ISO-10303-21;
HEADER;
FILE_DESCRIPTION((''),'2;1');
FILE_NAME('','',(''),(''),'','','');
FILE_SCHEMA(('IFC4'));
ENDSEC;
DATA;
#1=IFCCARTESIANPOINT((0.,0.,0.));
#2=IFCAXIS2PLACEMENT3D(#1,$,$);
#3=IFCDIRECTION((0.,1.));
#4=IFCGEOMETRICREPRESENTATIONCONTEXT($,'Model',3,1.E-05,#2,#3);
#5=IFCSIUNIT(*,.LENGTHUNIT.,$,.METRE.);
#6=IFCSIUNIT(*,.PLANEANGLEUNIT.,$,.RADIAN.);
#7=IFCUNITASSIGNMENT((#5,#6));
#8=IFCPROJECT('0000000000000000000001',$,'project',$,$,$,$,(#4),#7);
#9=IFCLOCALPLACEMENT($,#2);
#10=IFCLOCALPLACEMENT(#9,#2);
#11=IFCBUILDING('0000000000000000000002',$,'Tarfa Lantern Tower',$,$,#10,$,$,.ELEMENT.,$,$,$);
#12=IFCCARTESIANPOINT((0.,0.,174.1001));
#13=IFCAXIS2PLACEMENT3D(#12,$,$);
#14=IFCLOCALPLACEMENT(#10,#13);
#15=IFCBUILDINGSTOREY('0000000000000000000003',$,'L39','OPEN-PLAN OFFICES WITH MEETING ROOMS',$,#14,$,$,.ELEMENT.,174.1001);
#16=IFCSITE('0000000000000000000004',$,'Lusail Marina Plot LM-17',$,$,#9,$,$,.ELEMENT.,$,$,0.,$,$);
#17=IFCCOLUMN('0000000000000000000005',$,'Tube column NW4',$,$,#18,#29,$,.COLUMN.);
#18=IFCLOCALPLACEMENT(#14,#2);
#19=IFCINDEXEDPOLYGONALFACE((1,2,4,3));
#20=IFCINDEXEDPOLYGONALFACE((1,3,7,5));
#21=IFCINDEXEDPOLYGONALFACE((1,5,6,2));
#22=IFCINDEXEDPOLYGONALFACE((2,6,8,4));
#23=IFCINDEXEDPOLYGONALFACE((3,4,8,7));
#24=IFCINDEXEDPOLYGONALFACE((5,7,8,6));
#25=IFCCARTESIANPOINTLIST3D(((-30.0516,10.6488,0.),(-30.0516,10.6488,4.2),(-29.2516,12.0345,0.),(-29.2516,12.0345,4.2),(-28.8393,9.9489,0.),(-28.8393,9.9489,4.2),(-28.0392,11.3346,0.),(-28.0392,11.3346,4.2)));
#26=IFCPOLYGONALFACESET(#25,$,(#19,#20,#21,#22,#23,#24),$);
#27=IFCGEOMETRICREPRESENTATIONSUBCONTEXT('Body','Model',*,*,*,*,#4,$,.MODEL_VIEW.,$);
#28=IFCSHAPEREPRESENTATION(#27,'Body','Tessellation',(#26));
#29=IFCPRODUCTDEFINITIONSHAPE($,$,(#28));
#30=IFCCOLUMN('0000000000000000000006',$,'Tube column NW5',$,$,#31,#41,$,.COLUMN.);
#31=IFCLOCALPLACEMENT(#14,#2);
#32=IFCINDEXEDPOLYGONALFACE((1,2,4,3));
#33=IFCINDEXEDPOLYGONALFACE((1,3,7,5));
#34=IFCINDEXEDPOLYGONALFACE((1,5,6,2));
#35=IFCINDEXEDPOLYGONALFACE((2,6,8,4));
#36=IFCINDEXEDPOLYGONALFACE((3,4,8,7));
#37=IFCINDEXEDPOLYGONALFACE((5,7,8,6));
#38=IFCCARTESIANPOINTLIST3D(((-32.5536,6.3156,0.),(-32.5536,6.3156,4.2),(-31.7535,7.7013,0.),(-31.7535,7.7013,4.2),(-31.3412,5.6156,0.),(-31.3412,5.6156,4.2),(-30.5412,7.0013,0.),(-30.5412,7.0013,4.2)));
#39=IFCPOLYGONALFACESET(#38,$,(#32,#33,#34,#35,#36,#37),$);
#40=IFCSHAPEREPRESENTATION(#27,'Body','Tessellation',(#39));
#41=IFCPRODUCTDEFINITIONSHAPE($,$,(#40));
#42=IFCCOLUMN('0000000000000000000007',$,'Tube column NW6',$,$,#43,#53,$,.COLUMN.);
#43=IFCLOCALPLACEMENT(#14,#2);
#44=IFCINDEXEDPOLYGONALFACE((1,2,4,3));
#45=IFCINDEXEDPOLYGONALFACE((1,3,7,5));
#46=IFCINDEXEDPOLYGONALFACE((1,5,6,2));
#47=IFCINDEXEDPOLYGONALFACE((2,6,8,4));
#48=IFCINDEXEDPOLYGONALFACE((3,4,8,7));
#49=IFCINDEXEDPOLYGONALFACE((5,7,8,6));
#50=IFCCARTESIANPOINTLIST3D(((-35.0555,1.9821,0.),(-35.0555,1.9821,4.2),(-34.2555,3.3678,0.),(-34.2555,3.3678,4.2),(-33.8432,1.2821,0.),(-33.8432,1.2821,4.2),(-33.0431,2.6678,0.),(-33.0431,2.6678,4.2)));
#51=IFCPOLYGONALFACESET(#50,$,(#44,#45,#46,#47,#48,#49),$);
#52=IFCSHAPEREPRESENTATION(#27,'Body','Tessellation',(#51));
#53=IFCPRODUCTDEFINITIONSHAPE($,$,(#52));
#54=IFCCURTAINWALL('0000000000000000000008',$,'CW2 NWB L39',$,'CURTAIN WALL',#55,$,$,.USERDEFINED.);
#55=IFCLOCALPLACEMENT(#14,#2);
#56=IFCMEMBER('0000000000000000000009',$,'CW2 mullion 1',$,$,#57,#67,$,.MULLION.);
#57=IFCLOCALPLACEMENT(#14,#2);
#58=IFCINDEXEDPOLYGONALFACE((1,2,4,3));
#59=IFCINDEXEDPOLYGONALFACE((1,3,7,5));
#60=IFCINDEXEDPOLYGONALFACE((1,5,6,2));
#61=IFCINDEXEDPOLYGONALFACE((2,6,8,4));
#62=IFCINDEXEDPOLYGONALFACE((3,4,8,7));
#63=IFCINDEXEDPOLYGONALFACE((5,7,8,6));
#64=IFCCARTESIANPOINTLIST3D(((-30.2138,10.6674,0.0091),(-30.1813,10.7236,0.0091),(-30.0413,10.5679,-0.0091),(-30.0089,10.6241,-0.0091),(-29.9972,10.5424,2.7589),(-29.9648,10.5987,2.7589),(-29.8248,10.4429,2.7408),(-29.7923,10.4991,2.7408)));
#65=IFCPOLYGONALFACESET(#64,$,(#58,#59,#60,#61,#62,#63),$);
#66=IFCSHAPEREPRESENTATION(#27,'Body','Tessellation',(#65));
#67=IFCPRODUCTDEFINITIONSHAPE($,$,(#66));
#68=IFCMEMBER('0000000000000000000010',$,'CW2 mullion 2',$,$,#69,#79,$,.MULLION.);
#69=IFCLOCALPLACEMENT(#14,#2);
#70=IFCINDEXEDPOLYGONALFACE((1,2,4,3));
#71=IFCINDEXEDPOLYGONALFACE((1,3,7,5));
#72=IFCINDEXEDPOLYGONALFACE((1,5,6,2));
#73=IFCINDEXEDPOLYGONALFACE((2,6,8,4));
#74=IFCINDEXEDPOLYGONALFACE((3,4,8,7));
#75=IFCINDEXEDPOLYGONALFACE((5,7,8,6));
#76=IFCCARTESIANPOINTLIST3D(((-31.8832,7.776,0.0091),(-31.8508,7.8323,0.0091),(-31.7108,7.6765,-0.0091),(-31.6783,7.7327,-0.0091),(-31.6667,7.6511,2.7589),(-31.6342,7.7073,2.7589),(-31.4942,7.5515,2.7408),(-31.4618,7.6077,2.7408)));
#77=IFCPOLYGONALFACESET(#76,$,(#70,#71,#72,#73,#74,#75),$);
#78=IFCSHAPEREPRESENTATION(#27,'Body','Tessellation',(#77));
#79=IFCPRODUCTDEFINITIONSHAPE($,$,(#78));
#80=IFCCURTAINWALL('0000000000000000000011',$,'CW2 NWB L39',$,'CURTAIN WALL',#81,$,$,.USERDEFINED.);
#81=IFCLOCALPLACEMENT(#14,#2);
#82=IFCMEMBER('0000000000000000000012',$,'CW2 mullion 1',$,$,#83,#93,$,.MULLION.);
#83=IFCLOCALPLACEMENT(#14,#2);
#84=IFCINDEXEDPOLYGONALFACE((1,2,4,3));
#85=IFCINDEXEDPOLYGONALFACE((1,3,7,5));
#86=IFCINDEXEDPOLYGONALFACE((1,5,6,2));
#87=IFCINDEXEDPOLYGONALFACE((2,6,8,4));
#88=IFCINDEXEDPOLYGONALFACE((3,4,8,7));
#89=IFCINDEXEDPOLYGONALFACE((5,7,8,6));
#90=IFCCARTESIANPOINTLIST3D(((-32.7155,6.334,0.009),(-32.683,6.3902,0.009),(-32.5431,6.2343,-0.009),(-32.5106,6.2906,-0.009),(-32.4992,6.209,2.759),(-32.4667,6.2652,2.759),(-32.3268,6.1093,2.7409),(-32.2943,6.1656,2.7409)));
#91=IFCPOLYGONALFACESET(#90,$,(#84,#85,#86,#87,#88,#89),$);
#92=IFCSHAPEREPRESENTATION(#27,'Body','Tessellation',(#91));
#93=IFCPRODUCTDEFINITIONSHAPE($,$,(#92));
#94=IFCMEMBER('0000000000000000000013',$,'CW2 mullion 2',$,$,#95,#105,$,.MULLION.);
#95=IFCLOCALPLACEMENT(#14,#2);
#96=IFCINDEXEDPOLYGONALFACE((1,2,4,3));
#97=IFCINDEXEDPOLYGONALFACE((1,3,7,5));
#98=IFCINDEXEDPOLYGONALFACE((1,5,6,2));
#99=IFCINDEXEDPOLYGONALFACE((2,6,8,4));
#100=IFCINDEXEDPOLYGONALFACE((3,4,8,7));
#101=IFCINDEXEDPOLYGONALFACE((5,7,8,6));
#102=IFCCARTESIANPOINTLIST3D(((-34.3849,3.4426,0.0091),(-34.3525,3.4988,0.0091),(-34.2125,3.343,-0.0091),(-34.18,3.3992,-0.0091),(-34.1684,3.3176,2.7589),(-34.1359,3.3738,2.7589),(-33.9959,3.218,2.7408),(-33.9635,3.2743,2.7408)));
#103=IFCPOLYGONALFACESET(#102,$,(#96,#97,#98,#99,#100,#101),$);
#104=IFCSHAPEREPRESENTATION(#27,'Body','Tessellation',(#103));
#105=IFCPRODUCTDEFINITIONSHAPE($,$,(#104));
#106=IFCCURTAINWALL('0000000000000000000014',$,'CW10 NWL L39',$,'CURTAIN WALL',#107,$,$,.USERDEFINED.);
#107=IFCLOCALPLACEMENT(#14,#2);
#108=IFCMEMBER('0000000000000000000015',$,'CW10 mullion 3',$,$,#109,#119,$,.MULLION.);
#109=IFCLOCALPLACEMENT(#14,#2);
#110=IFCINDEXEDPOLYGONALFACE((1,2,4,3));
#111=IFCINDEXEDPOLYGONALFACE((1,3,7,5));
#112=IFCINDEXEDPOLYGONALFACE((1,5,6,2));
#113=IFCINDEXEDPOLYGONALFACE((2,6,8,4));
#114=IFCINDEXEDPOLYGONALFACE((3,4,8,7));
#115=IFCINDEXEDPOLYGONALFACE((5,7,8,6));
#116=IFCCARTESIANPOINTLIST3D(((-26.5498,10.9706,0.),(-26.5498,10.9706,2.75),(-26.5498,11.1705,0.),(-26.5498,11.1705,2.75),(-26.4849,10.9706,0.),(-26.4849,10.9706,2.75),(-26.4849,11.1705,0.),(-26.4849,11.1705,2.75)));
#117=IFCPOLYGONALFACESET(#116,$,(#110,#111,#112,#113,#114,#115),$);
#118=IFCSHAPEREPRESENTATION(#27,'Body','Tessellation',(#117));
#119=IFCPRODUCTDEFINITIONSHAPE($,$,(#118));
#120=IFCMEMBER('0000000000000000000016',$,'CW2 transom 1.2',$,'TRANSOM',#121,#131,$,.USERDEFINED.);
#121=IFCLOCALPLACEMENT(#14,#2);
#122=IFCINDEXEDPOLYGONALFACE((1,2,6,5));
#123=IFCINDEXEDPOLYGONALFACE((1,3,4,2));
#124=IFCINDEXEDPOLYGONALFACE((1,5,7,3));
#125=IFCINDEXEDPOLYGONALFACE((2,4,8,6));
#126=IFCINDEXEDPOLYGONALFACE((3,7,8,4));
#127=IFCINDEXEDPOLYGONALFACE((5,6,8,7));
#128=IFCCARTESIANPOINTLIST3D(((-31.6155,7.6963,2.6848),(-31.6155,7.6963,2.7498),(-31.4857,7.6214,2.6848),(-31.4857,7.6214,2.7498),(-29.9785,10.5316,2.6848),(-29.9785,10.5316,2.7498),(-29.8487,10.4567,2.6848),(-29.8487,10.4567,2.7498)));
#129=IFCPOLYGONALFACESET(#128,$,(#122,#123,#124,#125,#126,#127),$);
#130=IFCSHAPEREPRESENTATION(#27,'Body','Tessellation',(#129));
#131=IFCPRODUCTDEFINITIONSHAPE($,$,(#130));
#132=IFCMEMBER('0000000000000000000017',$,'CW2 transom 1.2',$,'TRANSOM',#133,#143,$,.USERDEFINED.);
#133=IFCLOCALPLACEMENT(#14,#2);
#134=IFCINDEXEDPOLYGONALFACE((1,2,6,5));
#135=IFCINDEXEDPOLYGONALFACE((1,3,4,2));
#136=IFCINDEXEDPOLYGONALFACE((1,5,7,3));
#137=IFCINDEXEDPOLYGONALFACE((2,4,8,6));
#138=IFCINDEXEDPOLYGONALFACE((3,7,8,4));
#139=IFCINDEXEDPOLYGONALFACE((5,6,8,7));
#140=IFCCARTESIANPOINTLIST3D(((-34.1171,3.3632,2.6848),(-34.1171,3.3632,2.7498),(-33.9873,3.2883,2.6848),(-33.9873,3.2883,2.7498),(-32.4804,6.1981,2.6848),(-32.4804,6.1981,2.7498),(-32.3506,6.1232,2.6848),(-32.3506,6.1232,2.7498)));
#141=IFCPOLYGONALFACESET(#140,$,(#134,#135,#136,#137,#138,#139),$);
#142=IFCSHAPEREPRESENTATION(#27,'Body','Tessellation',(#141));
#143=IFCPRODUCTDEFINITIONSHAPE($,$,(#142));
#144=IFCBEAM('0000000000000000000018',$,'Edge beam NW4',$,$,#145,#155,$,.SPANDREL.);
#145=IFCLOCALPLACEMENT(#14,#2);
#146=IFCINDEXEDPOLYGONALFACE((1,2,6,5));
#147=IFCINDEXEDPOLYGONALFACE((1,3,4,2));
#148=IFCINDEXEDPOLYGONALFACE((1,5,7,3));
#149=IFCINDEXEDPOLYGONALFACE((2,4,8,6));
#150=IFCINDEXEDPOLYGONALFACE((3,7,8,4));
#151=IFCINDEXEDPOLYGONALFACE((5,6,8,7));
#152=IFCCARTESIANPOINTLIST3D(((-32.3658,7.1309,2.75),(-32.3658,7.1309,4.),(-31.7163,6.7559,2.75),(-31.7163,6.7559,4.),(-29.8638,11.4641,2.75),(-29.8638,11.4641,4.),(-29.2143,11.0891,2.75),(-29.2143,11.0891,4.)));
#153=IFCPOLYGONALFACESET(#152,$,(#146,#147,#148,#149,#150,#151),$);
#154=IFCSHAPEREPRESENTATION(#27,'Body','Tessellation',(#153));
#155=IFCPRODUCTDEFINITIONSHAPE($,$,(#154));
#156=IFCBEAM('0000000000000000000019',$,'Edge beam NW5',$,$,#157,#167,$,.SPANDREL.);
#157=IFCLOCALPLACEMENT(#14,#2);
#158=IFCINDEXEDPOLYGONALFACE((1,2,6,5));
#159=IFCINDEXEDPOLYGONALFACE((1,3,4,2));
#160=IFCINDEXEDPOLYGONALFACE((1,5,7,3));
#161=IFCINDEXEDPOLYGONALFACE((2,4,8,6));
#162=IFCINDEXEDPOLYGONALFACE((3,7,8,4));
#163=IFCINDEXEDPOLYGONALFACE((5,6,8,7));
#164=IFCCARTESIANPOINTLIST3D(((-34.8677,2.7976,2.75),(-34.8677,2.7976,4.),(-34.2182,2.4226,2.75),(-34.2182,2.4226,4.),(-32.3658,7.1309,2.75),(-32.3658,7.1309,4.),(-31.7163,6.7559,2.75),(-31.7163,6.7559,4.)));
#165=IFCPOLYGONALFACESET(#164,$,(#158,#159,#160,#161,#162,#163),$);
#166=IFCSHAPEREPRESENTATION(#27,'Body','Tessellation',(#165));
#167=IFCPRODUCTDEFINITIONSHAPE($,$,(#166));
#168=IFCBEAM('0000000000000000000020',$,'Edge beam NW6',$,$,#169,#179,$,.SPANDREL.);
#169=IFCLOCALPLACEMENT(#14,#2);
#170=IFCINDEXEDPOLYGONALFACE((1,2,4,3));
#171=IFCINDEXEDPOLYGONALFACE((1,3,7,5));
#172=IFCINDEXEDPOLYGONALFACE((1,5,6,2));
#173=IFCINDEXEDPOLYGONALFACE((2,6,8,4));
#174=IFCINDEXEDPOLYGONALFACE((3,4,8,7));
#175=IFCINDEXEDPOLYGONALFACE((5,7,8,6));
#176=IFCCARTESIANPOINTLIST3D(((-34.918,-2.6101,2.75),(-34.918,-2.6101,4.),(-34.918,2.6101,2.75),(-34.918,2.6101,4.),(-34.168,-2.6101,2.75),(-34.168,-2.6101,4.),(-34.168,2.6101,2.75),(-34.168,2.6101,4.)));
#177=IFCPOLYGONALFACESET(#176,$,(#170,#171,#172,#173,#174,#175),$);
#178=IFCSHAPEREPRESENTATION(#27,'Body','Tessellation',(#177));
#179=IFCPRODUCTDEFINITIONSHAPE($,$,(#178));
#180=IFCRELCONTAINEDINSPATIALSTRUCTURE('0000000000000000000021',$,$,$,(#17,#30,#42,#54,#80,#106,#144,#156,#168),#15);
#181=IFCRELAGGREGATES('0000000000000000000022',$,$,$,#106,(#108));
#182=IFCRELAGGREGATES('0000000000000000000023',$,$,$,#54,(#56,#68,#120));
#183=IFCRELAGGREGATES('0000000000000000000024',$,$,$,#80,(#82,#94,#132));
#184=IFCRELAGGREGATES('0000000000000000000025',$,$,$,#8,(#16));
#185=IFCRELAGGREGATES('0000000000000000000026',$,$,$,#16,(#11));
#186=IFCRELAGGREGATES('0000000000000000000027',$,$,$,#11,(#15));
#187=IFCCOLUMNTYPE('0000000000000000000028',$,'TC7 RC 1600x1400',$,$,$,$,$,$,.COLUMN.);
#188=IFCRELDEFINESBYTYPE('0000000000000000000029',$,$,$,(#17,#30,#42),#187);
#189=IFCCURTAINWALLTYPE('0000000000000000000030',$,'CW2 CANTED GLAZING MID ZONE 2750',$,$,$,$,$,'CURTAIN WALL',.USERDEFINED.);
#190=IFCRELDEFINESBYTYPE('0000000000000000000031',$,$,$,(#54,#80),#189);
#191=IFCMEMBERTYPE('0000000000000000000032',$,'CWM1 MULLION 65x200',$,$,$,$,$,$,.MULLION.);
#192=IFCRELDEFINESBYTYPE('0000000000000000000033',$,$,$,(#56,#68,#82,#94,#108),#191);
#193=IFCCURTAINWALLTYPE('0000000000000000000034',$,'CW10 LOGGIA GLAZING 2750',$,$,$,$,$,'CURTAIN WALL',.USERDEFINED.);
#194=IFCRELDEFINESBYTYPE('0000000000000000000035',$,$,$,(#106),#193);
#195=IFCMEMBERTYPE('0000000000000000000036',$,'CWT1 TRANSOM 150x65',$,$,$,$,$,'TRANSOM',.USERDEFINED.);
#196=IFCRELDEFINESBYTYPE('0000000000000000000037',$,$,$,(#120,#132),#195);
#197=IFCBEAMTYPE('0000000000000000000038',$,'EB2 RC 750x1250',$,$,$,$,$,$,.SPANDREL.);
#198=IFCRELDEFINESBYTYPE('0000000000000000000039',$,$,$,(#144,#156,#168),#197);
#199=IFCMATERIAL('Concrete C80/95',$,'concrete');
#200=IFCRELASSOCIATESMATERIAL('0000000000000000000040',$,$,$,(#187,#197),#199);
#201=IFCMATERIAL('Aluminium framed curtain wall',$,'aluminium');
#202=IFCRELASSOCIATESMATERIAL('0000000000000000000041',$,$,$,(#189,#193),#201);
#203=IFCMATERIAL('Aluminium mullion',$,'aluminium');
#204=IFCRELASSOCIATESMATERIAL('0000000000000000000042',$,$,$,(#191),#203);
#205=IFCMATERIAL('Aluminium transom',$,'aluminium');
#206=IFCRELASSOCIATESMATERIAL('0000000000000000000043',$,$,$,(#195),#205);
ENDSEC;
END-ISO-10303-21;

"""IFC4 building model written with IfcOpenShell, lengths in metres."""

from ifc_helpers import new_model, si_unit, direction, frame, origin, origin_2d, place, context, subcontext, project, spatial, rectangle, extrude, material, material_profile, profile_set, type_object, element, aggregate, save


model = new_model("IFC4")

# Units and contexts
model_context = context("Model", 3, precision=1e-05, world=origin(), true_north=direction((0.0, 1.0)))
body_context = subcontext(model_context, "Body", "Model", "MODEL_VIEW")
ifc_project = project(units=[si_unit("LENGTHUNIT", "METRE"), si_unit("PLANEANGLEUNIT", "RADIAN")], contexts=[model_context])

# Site, building, storey
site_placement = place(None, origin())
site = spatial("IfcSite", under=ifc_project, at=site_placement, Name="Lusail Marina Plot LM-17", CompositionType="ELEMENT", RefElevation=0.0)
building_placement = place(site_placement, origin())
building = spatial("IfcBuilding", under=site, at=building_placement, Name="Tarfa Lantern Tower", CompositionType="ELEMENT")
storey_placement = place(building_placement, frame((0.0, 0.0, 174.1001)))
storey = spatial("IfcBuildingStorey", under=building, at=storey_placement, Name="L39", Description="OPEN-PLAN OFFICES WITH MEETING ROOMS", CompositionType="ELEMENT", Elevation=174.1001)

# Columns
ifc_material_1 = material(Name="Concrete C80/95", Category="concrete")
ifc_material_profile_1 = material_profile(ifc_material_1, rectangle(XDim=1.6001, YDim=1.3999, at=origin_2d()), Name="RC 1600x1400")
ifc_profile_set_1 = profile_set([ifc_material_profile_1], Name="Concrete C80/95")
column_type = type_object("IfcColumnType", Name="TC7 RC 1600x1400", PredefinedType="COLUMN", material=ifc_profile_set_1)
for number, where, z_axis, x_axis, name in (
    (1, (-29.0454, 10.9917, 0.0), (0.0, 0.0, 1.0), (-0.5, -0.866025, 0.0), "Tube column NW4"),
    (2, (-31.5474, 6.6584, 0.0), (0.0, 0.0, 1.0), (-0.5, -0.866025, 0.0), "Tube column NW5"),
    (3, (-34.0493, 2.325, 0.0), (0.0, 0.0, 1.0), (-0.5, -0.866025, 0.0), "Tube column NW6"),
):
    element("IfcColumn", number, at=place(storey_placement, frame(where, z_axis=z_axis, x_axis=x_axis)), inside=storey, type_object=column_type, Name=name, PredefinedType="COLUMN", context=body_context, shape_type="SweptSolid", body=[
        extrude(rectangle(XDim=1.6001, YDim=1.3999, at=origin_2d()), origin(), (0.0, 0.0, 1.0), 4.2),
    ])

# Curtain walls, members
ifc_material_2 = material(Name="Aluminium framed curtain wall", Category="aluminium")
curtain_wall_type_1 = type_object("IfcCurtainWallType", Name="CW2 CANTED GLAZING MID ZONE 2750", ElementType="CURTAIN WALL", PredefinedType="USERDEFINED", material=ifc_material_2)
curtain_wall_1_placement = place(storey_placement, origin())
curtain_wall_1 = element("IfcCurtainWall", 4, at=curtain_wall_1_placement, inside=storey, type_object=curtain_wall_type_1, Name="CW2 NWB L39", ObjectType="CURTAIN WALL", PredefinedType="USERDEFINED")
ifc_material_3 = material(Name="Aluminium mullion", Category="aluminium")
ifc_material_profile_2 = material_profile(ifc_material_3, rectangle(XDim=0.0649, YDim=0.2, at=origin_2d()), Name="AL MULLION 65x200")
ifc_profile_set_2 = profile_set([ifc_material_profile_2], Name="Aluminium mullion")
member_type_1 = type_object("IfcMemberType", Name="CWM1 MULLION 65x200", PredefinedType="MULLION", material=ifc_profile_set_2)
member_1_placement = place(storey_placement, frame((-30.1113, 10.6458, 0.0), z_axis=(0.078423, -0.045268, 0.995892), x_axis=(0.49992, 0.866072, 0.0)))
member_1 = element("IfcMember", 5, at=member_1_placement, type_object=member_type_1, Name="CW2 mullion 1", PredefinedType="MULLION", context=body_context, shape_type="SweptSolid", body=[
    extrude(rectangle(XDim=0.0649, YDim=0.2, at=origin_2d()), origin(), (0.0, 0.0, 1.0), 2.7612),
])
member_2_placement = place(storey_placement, frame((-31.7808, 7.7544, 0.0), z_axis=(0.078423, -0.045268, 0.995892), x_axis=(0.49992, 0.866072, 0.0)))
member_2 = element("IfcMember", 6, at=member_2_placement, type_object=member_type_1, Name="CW2 mullion 2", PredefinedType="MULLION", context=body_context, shape_type="SweptSolid", body=[
    extrude(rectangle(XDim=0.0649, YDim=0.2, at=origin_2d()), origin(), (0.0, 0.0, 1.0), 2.7612),
])
curtain_wall_2_placement = place(storey_placement, origin())
curtain_wall_2 = element("IfcCurtainWall", 7, at=curtain_wall_2_placement, inside=storey, type_object=curtain_wall_type_1, Name="CW2 NWB L39", ObjectType="CURTAIN WALL", PredefinedType="USERDEFINED")
member_3_placement = place(storey_placement, frame((-32.613, 6.3123, 0.0), z_axis=(0.078335, -0.045268, 0.995899), x_axis=(0.500343, 0.865827, 0.0)))
member_3 = element("IfcMember", 8, at=member_3_placement, type_object=member_type_1, Name="CW2 mullion 1", PredefinedType="MULLION", context=body_context, shape_type="SweptSolid", body=[
    extrude(rectangle(XDim=0.0649, YDim=0.2, at=origin_2d()), origin(), (0.0, 0.0, 1.0), 2.7612),
])
member_4_placement = place(storey_placement, frame((-34.2825, 3.4209, 0.0), z_axis=(0.078423, -0.045268, 0.995892), x_axis=(0.49992, 0.866072, 0.0)))
member_4 = element("IfcMember", 9, at=member_4_placement, type_object=member_type_1, Name="CW2 mullion 2", PredefinedType="MULLION", context=body_context, shape_type="SweptSolid", body=[
    extrude(rectangle(XDim=0.0649, YDim=0.2, at=origin_2d()), origin(), (0.0, 0.0, 1.0), 2.7612),
])

# Curtain wall, member
curtain_wall_type_2 = type_object("IfcCurtainWallType", Name="CW10 LOGGIA GLAZING 2750", ElementType="CURTAIN WALL", PredefinedType="USERDEFINED", material=ifc_material_2)
curtain_wall_3_placement = place(storey_placement, origin())
curtain_wall_3 = element("IfcCurtainWall", 10, at=curtain_wall_3_placement, inside=storey, type_object=curtain_wall_type_2, Name="CW10 NWL L39", ObjectType="CURTAIN WALL", PredefinedType="USERDEFINED")
member_5_placement = place(storey_placement, frame((-26.5173, 11.0706, 0.0), z_axis=(0.0, 0.0, 1.0), x_axis=(1.0, 0.0, 0.0)))
member_5 = element("IfcMember", 11, at=member_5_placement, type_object=member_type_1, Name="CW10 mullion 3", PredefinedType="MULLION", context=body_context, shape_type="SweptSolid", body=[
    extrude(rectangle(XDim=0.0649, YDim=0.2, at=origin_2d()), origin(), (0.0, 0.0, 1.0), 2.75),
])
aggregate(curtain_wall_3, [member_5])

# Members
ifc_material_4 = material(Name="Aluminium transom", Category="aluminium")
ifc_material_profile_3 = material_profile(ifc_material_4, rectangle(XDim=0.1499, YDim=0.0649, at=origin_2d()), Name="AL TRANSOM 150x65")
ifc_profile_set_3 = profile_set([ifc_material_profile_3], Name="Aluminium transom")
member_type_2 = type_object("IfcMemberType", Name="CWT1 TRANSOM 150x65", ElementType="TRANSOM", PredefinedType="USERDEFINED", material=ifc_profile_set_3)
member_6_placement = place(storey_placement, frame((-29.9136, 10.4941, 2.7173), z_axis=(-0.500013, -0.866018, 0.0), x_axis=(0.866018, -0.500013, 0.0)))
member_6 = element("IfcMember", 12, at=member_6_placement, type_object=member_type_2, Name="CW2 transom 1.2", ObjectType="TRANSOM", PredefinedType="USERDEFINED", context=body_context, shape_type="SweptSolid", body=[
    extrude(rectangle(XDim=0.1499, YDim=0.0649, at=origin_2d()), origin(), (0.0, 0.0, 1.0), 3.2739),
])
member_7_placement = place(storey_placement, frame((-32.4155, 6.1606, 2.7173), z_axis=(-0.499989, -0.866032, 0.0), x_axis=(0.866032, -0.499989, 0.0)))
member_7 = element("IfcMember", 13, at=member_7_placement, type_object=member_type_2, Name="CW2 transom 1.2", ObjectType="TRANSOM", PredefinedType="USERDEFINED", context=body_context, shape_type="SweptSolid", body=[
    extrude(rectangle(XDim=0.1499, YDim=0.0649, at=origin_2d()), origin(), (0.0, 0.0, 1.0), 3.2734),
])

# Beams
ifc_material_profile_4 = material_profile(ifc_material_1, rectangle(XDim=0.75, YDim=1.25, at=origin_2d()), Name="RC 750x1250")
ifc_profile_set_4 = profile_set([ifc_material_profile_4], Name="Concrete C80/95")
beam_type_1 = type_object("IfcBeamType", Name="EB2 RC 750x1250", PredefinedType="SPANDREL", material=ifc_profile_set_4)
for number, where, z_axis, x_axis, name in (
    (14, (-29.5391, 11.2766, 3.375), (-0.500022, -0.866013, 0.0), (0.866013, -0.500022, 0.0), "Edge beam NW4"),
    (15, (-32.041, 6.9434, 3.375), (-0.500022, -0.866013, 0.0), (0.866013, -0.500022, 0.0), "Edge beam NW5"),
):
    element("IfcBeam", number, at=place(storey_placement, frame(where, z_axis=z_axis, x_axis=x_axis)), inside=storey, type_object=beam_type_1, Name=name, PredefinedType="SPANDREL", context=body_context, shape_type="SweptSolid", body=[
        extrude(rectangle(XDim=0.75, YDim=1.25, at=origin_2d()), origin(), (0.0, 0.0, 1.0), 5.0037),
    ])
beam_1_placement = place(storey_placement, frame((-34.543, 2.6101, 3.375), z_axis=(0.0, -1.0, 0.0), x_axis=(1.0, 0.0, 0.0)))
element("IfcBeam", 16, at=beam_1_placement, inside=storey, type_object=beam_type_1, Name="Edge beam NW6", PredefinedType="SPANDREL", context=body_context, shape_type="SweptSolid", body=[
    extrude(rectangle(XDim=0.75, YDim=1.25, at=origin_2d()), origin(), (0.0, 0.0, 1.0), 5.2202),
])

aggregate(curtain_wall_1, [member_1, member_2, member_6])
aggregate(curtain_wall_2, [member_3, member_4, member_7])

save(model, "model.ifc")
